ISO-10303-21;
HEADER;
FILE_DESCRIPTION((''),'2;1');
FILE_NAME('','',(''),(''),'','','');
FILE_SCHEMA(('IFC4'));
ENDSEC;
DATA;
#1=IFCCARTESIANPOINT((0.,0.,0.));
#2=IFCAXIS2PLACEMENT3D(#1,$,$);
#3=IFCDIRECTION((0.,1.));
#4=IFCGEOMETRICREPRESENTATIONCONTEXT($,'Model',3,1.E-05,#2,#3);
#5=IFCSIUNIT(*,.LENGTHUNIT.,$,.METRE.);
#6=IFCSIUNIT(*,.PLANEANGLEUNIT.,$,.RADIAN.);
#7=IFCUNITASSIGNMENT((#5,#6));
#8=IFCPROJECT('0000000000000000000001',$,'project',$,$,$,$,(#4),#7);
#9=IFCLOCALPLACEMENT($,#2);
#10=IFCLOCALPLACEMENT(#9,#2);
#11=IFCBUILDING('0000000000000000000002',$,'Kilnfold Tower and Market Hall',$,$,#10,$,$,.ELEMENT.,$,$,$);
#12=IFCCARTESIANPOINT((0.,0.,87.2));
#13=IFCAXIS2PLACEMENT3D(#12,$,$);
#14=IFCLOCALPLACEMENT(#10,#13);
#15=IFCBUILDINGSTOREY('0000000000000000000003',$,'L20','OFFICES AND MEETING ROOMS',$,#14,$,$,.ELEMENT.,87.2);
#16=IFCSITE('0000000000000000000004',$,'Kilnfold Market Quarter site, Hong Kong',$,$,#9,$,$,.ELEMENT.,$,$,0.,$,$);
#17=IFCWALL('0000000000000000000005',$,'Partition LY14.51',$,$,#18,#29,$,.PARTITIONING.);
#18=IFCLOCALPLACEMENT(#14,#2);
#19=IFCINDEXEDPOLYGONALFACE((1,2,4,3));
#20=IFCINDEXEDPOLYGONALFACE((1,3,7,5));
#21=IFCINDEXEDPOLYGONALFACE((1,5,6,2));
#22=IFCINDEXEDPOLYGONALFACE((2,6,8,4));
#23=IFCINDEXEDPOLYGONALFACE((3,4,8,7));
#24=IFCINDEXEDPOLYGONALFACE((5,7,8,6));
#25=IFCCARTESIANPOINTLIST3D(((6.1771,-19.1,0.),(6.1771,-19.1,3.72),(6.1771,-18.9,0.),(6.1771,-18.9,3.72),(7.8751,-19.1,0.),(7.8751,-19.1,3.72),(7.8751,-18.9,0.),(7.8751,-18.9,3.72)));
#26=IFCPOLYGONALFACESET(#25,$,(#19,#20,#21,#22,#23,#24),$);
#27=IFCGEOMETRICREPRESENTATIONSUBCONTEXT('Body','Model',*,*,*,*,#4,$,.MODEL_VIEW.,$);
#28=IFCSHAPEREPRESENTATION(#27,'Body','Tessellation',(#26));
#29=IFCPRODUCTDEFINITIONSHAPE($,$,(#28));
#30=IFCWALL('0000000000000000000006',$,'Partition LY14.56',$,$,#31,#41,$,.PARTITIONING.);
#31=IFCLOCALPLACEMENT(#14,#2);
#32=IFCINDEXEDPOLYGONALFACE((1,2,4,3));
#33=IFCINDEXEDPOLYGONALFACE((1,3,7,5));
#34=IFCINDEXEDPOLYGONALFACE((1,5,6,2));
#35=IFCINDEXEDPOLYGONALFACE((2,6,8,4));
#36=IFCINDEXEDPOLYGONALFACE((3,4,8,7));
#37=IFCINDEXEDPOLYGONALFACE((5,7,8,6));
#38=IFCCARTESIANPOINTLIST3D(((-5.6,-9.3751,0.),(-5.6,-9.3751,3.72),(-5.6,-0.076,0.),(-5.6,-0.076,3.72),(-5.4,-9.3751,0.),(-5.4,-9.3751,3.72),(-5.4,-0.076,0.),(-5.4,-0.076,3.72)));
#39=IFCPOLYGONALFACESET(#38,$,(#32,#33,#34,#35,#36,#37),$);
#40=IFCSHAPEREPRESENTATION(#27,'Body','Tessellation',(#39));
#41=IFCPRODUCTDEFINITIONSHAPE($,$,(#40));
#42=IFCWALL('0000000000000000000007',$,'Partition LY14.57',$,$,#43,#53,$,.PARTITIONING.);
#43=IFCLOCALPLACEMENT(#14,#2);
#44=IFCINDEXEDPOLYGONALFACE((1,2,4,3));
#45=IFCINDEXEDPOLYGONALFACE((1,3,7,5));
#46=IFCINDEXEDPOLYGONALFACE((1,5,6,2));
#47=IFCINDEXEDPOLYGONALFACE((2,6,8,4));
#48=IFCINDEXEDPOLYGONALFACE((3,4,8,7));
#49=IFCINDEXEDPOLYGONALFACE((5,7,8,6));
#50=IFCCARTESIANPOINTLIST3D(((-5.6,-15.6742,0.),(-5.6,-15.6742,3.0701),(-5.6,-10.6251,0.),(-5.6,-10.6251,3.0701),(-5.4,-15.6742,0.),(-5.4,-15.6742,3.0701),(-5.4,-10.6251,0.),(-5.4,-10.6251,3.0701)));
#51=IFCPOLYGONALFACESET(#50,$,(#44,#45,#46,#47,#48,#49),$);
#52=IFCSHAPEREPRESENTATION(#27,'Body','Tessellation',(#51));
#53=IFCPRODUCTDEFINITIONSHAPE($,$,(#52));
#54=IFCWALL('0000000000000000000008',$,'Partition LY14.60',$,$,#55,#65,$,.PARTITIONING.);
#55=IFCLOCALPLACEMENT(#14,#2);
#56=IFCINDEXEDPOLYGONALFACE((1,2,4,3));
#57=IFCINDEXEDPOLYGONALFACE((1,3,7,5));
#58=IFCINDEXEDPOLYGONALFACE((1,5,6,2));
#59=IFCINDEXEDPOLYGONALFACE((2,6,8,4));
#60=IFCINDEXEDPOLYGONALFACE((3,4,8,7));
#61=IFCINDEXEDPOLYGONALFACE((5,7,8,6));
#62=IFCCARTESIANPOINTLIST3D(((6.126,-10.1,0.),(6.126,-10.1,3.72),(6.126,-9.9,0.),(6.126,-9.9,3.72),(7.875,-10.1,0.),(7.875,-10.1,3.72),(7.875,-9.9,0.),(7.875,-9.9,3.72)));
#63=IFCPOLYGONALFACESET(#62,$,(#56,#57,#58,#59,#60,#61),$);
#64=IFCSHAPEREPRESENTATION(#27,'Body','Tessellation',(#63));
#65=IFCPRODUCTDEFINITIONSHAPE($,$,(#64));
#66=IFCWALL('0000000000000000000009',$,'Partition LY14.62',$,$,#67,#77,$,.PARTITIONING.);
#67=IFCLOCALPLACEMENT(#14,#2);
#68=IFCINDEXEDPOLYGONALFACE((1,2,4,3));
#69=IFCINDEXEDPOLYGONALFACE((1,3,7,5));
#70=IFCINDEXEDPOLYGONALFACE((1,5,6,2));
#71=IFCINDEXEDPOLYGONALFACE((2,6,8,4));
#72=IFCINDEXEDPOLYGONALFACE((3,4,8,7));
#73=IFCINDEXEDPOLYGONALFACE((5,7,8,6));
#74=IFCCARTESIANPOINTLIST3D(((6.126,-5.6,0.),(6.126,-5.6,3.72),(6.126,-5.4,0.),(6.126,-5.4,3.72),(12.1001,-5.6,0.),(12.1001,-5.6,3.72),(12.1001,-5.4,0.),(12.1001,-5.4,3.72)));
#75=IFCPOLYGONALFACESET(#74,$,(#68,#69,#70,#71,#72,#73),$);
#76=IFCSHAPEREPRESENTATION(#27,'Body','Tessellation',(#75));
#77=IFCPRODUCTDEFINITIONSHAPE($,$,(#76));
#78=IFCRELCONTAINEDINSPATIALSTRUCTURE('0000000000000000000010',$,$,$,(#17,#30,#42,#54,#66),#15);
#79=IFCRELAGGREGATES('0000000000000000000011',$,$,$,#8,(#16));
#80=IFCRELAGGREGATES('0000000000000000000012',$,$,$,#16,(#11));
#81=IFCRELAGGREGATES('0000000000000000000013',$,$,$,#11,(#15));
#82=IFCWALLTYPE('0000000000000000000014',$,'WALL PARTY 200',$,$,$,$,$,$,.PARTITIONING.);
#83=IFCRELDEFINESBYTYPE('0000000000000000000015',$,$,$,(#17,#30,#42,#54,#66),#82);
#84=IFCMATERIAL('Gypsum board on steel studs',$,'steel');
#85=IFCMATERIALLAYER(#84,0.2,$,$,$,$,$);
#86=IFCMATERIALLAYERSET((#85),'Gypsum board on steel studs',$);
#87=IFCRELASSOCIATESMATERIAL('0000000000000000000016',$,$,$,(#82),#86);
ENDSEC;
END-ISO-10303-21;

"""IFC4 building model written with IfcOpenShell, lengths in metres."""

from ifc_helpers import new_model, si_unit, direction, frame, frame_2d, origin, place, context, subcontext, project, spatial, rectangle, extrude, material, layer, layer_set, type_object, element, save


model = new_model("IFC4")

# Units and contexts
model_context = context("Model", 3, precision=1e-05, world=origin(), true_north=direction((0.0, 1.0)))
body_context = subcontext(model_context, "Body", "Model", "MODEL_VIEW")
ifc_project = project(units=[si_unit("LENGTHUNIT", "METRE"), si_unit("PLANEANGLEUNIT", "RADIAN")], contexts=[model_context])

# Site, building, storey
site_placement = place(None, origin())
site = spatial("IfcSite", under=ifc_project, at=site_placement, Name="Kilnfold Market Quarter site, Hong Kong", CompositionType="ELEMENT", RefElevation=0.0)
building_placement = place(site_placement, origin())
building = spatial("IfcBuilding", under=site, at=building_placement, Name="Kilnfold Tower and Market Hall", CompositionType="ELEMENT")
storey_placement = place(building_placement, frame((0.0, 0.0, 87.2)))
storey = spatial("IfcBuildingStorey", under=building, at=storey_placement, Name="L20", Description="OFFICES AND MEETING ROOMS", CompositionType="ELEMENT", Elevation=87.2)

# Walls
ifc_material_1 = material(Name="Gypsum board on steel studs", Category="steel")
ifc_layer_1 = layer(ifc_material_1, 0.2)
ifc_layer_set_1 = layer_set([ifc_layer_1], Name="Gypsum board on steel studs")
wall_type_1 = type_object("IfcWallType", Name="WALL PARTY 200", PredefinedType="PARTITIONING", material=ifc_layer_set_1)
wall_1_placement = place(storey_placement, frame((6.177, -19.0, 0.0), z_axis=(0.0, 0.0, 1.0), x_axis=(1.0, 0.0, 0.0)))
element("IfcWall", 1, at=wall_1_placement, inside=storey, type_object=wall_type_1, Name="Partition LY14.51", PredefinedType="PARTITIONING", context=body_context, shape_type="SweptSolid", body=[
    extrude(rectangle(XDim=1.698, YDim=0.2, at=frame_2d((0.8491, 0.0))), origin(), (0.0, 0.0, 1.0), 3.72),
])
wall_2_placement = place(storey_placement, frame((-5.5, -9.375, 0.0), z_axis=(0.0, 0.0, 1.0), x_axis=(0.0, 1.0, 0.0)))
element("IfcWall", 2, at=wall_2_placement, inside=storey, type_object=wall_type_1, Name="Partition LY14.56", PredefinedType="PARTITIONING", context=body_context, shape_type="SweptSolid", body=[
    extrude(rectangle(XDim=9.2991, YDim=0.2, at=frame_2d((4.6494, 0.0))), origin(), (0.0, 0.0, 1.0), 3.72),
])
wall_3_placement = place(storey_placement, frame((-5.5, -15.6741, 0.0), z_axis=(0.0, 0.0, 1.0), x_axis=(0.0, 1.0, 0.0)))
element("IfcWall", 3, at=wall_3_placement, inside=storey, type_object=wall_type_1, Name="Partition LY14.57", PredefinedType="PARTITIONING", context=body_context, shape_type="SweptSolid", body=[
    extrude(rectangle(XDim=5.0491, YDim=0.2, at=frame_2d((2.5244, 0.0))), origin(), (0.0, 0.0, 1.0), 3.0701),
])
wall_4_placement = place(storey_placement, frame((6.126, -10.0, 0.0), z_axis=(0.0, 0.0, 1.0), x_axis=(1.0, 0.0, 0.0)))
element("IfcWall", 4, at=wall_4_placement, inside=storey, type_object=wall_type_1, Name="Partition LY14.60", PredefinedType="PARTITIONING", context=body_context, shape_type="SweptSolid", body=[
    extrude(rectangle(XDim=1.749, YDim=0.2, at=frame_2d((0.8745, 0.0))), origin(), (0.0, 0.0, 1.0), 3.72),
])
wall_5_placement = place(storey_placement, frame((6.126, -5.5, 0.0), z_axis=(0.0, 0.0, 1.0), x_axis=(1.0, 0.0, 0.0)))
element("IfcWall", 5, at=wall_5_placement, inside=storey, type_object=wall_type_1, Name="Partition LY14.62", PredefinedType="PARTITIONING", context=body_context, shape_type="SweptSolid", body=[
    extrude(rectangle(XDim=5.9741, YDim=0.2, at=frame_2d((2.9871, 0.0))), origin(), (0.0, 0.0, 1.0), 3.72),
])

save(model, "model.ifc")
